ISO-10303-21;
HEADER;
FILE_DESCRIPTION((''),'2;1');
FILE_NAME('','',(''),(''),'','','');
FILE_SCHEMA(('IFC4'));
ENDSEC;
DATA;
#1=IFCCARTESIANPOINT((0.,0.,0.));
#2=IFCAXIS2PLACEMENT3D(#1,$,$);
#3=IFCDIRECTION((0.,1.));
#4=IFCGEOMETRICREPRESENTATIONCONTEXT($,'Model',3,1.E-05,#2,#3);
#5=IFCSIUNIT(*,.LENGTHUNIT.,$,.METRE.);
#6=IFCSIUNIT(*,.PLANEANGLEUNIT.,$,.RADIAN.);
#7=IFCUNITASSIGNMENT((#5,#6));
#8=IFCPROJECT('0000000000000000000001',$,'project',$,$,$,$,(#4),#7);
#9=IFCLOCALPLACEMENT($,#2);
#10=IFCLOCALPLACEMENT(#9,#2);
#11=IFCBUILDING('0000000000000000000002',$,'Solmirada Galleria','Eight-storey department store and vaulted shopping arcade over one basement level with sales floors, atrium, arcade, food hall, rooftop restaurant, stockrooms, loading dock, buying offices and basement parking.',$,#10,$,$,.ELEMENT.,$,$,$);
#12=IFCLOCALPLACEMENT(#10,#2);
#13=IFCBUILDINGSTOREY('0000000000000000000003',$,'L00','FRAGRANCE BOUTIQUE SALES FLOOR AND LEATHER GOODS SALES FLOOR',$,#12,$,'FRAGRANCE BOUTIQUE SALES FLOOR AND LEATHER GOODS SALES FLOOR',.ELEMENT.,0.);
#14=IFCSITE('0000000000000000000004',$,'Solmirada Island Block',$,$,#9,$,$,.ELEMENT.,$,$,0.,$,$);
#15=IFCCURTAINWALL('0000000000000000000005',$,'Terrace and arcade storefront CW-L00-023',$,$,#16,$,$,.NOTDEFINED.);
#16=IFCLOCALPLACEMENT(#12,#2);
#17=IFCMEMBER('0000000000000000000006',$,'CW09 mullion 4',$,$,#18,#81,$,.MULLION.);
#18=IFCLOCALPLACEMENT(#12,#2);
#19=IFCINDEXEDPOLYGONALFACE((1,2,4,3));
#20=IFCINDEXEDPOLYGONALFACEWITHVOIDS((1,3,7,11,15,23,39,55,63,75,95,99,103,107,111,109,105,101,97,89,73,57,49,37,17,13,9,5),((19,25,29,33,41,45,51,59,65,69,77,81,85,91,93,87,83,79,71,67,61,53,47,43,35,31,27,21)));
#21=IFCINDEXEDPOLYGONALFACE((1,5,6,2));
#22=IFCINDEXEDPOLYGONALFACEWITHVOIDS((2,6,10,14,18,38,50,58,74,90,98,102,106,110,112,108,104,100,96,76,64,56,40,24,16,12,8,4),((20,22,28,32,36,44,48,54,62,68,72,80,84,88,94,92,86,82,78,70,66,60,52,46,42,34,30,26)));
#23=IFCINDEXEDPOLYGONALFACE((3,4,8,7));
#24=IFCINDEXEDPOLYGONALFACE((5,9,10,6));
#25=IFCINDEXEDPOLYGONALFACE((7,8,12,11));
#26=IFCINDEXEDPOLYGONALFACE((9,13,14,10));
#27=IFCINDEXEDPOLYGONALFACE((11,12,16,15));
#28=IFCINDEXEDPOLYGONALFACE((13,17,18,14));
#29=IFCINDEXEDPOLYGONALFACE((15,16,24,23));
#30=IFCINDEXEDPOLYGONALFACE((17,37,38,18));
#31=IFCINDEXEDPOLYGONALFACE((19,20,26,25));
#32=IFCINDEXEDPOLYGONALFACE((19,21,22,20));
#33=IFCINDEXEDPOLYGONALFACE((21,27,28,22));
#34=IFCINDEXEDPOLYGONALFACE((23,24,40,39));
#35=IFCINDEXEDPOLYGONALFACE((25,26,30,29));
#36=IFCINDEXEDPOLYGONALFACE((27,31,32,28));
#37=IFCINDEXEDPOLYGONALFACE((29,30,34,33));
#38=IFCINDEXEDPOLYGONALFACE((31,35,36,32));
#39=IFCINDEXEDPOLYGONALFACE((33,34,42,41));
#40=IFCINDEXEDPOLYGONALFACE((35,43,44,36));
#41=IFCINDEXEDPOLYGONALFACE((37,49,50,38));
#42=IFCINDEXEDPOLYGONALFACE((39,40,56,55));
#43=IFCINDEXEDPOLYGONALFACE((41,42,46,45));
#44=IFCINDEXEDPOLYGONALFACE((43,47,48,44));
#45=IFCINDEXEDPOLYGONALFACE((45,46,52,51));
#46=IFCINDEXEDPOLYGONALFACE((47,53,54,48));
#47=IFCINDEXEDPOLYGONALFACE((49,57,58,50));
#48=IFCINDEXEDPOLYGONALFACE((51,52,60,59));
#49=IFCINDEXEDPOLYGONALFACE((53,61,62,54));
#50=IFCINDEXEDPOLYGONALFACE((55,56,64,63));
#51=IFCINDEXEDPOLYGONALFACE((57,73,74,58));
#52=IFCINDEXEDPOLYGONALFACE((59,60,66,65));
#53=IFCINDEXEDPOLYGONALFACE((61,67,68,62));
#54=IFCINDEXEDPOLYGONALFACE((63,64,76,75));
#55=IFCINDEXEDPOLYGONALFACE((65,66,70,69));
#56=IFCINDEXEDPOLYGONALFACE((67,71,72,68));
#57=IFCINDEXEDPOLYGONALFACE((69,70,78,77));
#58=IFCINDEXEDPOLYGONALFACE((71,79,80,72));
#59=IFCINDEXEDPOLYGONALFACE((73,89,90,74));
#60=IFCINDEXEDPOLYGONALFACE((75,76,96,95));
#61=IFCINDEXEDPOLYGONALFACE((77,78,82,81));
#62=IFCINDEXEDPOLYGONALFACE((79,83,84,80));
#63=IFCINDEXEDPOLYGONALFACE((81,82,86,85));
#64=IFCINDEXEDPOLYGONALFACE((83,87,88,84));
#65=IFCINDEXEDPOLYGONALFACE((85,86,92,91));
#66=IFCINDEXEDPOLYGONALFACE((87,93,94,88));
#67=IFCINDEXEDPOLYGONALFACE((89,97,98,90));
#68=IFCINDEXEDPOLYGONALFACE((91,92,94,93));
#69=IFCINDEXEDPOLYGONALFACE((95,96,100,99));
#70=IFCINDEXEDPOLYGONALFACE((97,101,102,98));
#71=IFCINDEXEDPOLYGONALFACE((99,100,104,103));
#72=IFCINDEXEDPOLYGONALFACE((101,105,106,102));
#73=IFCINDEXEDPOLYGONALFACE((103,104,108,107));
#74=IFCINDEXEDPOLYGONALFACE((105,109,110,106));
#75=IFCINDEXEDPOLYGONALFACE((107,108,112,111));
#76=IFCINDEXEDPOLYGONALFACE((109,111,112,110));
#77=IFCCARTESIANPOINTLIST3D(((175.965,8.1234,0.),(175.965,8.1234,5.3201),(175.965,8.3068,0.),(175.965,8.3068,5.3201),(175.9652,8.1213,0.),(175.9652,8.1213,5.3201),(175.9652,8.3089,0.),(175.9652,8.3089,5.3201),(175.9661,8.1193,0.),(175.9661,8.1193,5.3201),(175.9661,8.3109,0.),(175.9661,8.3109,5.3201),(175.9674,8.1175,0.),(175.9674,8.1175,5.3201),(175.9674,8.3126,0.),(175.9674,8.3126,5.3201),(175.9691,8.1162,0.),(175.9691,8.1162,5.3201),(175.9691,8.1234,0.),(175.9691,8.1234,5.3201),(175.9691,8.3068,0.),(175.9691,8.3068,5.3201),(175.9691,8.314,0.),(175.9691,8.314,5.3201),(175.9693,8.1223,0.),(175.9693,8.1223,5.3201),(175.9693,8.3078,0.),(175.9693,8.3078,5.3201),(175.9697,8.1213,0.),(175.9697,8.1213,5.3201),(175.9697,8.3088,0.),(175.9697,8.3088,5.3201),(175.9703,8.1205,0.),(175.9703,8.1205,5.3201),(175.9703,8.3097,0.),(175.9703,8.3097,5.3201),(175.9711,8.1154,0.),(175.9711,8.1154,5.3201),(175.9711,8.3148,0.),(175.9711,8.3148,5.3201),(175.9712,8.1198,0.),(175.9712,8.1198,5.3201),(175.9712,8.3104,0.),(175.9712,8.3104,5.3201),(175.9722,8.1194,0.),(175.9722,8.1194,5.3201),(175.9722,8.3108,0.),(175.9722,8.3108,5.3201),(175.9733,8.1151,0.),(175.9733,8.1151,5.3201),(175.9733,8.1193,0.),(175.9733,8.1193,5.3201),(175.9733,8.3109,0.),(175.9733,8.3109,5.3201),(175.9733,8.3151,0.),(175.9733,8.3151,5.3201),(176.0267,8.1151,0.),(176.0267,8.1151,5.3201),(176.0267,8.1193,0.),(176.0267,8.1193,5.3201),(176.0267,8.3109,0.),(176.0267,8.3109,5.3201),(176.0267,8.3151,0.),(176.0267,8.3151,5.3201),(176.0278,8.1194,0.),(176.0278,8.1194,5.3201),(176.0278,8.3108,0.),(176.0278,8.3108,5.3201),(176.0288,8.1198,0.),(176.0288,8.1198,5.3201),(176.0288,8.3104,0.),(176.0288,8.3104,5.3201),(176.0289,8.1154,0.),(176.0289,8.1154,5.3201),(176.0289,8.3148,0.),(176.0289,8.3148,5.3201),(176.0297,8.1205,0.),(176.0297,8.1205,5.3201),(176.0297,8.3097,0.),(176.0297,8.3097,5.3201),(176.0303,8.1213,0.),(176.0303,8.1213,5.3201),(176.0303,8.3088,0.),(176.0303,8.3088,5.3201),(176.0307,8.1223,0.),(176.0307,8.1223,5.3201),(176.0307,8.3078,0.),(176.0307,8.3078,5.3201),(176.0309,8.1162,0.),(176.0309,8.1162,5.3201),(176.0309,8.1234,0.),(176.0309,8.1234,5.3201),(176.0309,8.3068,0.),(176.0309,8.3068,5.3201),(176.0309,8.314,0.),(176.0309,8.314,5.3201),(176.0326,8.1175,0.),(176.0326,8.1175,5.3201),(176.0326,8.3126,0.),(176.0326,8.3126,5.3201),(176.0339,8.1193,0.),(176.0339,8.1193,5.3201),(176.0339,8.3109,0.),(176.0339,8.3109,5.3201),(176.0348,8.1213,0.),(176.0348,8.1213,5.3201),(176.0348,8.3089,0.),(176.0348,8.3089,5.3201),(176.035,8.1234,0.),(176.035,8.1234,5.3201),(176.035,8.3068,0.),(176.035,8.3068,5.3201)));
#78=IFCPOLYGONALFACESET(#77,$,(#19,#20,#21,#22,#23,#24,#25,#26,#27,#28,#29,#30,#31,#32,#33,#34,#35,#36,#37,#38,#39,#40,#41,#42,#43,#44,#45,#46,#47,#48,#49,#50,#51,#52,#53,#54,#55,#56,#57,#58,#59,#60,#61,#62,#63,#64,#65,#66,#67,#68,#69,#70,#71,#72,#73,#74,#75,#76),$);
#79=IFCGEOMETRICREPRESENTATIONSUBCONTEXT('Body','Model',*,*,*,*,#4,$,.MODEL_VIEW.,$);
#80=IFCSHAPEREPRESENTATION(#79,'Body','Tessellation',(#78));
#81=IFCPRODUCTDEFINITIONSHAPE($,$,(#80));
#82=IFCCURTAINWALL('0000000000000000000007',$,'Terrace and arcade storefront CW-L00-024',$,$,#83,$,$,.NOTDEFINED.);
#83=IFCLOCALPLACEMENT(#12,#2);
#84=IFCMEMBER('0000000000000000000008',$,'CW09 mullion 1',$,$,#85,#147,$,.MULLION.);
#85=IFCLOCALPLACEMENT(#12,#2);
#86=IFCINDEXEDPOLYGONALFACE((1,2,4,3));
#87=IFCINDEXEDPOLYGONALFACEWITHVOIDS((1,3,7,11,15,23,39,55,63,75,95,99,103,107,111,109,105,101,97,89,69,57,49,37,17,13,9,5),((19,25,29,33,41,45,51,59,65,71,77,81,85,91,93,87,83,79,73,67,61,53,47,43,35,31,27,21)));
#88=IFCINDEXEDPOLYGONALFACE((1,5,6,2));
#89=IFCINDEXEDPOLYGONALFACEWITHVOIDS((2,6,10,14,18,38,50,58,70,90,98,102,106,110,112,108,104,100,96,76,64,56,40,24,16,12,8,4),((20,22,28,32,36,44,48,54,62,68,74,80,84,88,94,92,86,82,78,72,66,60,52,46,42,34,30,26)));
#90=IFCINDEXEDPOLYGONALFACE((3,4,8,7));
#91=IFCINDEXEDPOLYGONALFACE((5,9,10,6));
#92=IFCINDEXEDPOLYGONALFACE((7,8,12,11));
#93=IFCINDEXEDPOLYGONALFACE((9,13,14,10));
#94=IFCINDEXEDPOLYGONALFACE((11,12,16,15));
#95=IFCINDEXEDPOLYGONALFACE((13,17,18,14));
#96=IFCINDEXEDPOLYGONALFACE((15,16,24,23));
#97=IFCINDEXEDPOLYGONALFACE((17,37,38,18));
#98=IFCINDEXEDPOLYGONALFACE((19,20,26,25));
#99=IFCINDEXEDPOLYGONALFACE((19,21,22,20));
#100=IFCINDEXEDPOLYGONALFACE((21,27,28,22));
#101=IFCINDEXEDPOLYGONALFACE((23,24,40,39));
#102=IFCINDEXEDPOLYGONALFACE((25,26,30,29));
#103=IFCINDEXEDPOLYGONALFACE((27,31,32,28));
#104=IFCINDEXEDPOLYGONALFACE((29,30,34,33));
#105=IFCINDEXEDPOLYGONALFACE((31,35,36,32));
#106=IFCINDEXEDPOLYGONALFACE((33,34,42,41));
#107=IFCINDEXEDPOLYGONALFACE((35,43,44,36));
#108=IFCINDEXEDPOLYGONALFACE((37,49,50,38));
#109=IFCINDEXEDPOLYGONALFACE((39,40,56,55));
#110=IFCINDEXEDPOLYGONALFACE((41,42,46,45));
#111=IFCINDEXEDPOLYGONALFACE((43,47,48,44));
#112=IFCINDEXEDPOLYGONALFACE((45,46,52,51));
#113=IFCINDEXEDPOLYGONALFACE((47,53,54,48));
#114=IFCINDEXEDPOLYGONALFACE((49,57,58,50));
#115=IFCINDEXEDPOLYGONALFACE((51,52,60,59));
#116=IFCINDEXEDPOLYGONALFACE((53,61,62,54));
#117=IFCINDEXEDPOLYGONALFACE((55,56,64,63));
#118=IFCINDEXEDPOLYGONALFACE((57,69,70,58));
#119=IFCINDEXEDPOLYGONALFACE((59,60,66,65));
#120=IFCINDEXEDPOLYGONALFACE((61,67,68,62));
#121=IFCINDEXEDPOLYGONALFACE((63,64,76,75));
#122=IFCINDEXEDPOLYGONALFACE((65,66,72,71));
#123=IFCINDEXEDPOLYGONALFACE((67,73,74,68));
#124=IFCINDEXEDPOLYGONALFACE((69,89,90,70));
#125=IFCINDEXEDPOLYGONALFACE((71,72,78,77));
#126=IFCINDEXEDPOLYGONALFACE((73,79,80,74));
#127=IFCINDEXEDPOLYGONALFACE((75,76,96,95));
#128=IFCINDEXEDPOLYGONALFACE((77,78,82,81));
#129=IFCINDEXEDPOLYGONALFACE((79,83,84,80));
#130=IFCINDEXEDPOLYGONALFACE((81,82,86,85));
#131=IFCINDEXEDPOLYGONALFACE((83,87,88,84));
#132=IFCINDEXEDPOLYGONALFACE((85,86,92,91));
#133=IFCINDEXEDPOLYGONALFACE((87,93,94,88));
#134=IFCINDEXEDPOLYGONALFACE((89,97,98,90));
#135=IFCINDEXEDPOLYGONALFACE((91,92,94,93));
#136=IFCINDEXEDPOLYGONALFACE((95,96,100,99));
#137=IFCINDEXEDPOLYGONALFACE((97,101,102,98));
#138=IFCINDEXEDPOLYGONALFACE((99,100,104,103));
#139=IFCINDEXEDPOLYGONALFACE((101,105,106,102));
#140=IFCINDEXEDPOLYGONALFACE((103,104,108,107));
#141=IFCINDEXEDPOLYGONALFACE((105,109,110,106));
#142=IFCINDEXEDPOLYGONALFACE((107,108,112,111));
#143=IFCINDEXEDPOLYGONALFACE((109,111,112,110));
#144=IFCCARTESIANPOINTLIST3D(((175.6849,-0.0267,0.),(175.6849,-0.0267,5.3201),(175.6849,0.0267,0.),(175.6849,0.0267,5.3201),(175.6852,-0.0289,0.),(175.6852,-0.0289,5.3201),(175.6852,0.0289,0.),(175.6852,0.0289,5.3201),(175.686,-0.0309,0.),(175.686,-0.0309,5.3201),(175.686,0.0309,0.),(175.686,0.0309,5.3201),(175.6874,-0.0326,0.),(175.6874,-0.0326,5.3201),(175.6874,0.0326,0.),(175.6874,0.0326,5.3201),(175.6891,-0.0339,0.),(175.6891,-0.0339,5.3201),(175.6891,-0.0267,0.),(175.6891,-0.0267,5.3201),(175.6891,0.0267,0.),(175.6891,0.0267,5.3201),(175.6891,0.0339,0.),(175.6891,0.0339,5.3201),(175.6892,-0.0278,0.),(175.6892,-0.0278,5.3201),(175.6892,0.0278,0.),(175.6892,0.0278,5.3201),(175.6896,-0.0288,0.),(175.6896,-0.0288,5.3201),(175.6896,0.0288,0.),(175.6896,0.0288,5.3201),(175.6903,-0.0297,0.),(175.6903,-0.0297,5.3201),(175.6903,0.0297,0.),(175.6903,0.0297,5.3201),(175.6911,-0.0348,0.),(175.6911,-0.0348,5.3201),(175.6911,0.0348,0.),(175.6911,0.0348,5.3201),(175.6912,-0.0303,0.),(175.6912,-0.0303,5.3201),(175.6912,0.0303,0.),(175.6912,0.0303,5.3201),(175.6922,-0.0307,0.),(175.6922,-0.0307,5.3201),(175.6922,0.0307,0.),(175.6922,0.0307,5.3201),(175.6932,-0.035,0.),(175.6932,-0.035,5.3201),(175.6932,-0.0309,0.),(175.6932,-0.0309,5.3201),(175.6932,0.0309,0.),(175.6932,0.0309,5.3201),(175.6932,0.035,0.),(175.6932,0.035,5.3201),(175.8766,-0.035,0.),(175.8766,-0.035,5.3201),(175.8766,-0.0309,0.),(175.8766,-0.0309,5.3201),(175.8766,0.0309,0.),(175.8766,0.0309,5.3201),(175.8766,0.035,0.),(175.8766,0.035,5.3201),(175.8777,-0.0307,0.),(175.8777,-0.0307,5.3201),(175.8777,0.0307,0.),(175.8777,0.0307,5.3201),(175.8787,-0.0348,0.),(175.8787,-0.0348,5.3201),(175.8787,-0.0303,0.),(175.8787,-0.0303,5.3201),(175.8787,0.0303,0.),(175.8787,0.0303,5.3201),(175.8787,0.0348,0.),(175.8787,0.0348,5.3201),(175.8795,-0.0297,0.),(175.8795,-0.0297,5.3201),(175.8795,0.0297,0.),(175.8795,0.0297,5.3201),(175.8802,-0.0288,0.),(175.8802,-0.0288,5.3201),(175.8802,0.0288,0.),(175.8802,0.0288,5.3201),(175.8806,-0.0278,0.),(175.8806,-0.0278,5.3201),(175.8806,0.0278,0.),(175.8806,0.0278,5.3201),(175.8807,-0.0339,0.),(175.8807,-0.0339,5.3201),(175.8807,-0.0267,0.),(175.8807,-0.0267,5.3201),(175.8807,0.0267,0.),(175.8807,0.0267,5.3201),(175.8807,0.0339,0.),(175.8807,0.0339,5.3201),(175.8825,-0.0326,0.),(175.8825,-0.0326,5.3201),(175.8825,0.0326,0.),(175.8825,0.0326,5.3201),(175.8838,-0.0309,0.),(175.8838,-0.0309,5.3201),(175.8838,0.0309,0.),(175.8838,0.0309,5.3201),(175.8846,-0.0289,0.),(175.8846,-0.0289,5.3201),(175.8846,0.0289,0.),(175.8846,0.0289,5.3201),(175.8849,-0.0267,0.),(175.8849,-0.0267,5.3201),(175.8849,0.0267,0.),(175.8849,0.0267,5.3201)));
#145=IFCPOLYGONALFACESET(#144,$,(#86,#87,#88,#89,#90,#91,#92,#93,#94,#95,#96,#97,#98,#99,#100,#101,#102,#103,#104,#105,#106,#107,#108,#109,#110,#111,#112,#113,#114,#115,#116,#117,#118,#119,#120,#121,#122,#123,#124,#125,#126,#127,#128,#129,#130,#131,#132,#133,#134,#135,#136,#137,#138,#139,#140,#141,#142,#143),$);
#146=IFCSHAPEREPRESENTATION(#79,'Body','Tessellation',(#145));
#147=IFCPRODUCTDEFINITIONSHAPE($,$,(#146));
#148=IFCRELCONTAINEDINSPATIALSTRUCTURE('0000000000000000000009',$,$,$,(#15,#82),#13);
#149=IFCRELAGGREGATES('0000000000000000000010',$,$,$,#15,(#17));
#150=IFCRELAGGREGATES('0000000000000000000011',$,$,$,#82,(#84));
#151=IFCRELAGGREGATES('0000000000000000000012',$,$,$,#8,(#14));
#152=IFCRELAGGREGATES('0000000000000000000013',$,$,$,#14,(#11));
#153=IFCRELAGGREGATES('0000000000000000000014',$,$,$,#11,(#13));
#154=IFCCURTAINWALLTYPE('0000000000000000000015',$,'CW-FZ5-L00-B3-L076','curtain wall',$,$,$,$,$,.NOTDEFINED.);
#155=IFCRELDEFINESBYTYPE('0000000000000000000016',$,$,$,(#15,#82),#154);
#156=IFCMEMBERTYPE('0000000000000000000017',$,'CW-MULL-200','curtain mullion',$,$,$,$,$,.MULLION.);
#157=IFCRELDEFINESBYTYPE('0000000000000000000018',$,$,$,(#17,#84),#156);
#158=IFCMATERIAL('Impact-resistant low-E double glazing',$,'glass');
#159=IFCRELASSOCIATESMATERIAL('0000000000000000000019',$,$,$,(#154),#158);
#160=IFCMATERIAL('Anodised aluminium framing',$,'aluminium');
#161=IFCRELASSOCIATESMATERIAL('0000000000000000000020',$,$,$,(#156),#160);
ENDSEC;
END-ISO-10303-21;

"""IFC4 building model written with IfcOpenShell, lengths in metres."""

from ifc_helpers import new_model, si_unit, direction, frame, origin, origin_2d, place, context, subcontext, project, spatial, hollow_rectangle, extrude, material, material_profile, profile_set, type_object, element, aggregate, save


model = new_model("IFC4")

# Units and contexts
model_context = context("Model", 3, precision=1e-05, world=origin(), true_north=direction((0.0, 1.0)))
body_context = subcontext(model_context, "Body", "Model", "MODEL_VIEW")
ifc_project = project(units=[si_unit("LENGTHUNIT", "METRE"), si_unit("PLANEANGLEUNIT", "RADIAN")], contexts=[model_context])

# Site, building, storey
site_placement = place(None, origin())
site = spatial("IfcSite", under=ifc_project, at=site_placement, Name="Solmirada Island Block", CompositionType="ELEMENT", RefElevation=0.0)
building_placement = place(site_placement, origin())
building = spatial("IfcBuilding", under=site, at=building_placement, Name="Solmirada Galleria", Description="Eight-storey department store and vaulted shopping arcade over one basement level with sales floors, atrium, arcade, food hall, rooftop restaurant, stockrooms, loading dock, buying offices and basement parking.", CompositionType="ELEMENT")
storey_placement = place(building_placement, origin())
storey = spatial("IfcBuildingStorey", under=building, at=storey_placement, Name="L00", Description="FRAGRANCE BOUTIQUE SALES FLOOR AND LEATHER GOODS SALES FLOOR", LongName="FRAGRANCE BOUTIQUE SALES FLOOR AND LEATHER GOODS SALES FLOOR", CompositionType="ELEMENT", Elevation=0.0)

# Curtain walls, members
ifc_material_1 = material(Name="Impact-resistant low-E double glazing", Category="glass")
curtain_wall_type = type_object("IfcCurtainWallType", Name="CW-FZ5-L00-B3-L076", Description="curtain wall", PredefinedType="NOTDEFINED", material=ifc_material_1)
curtain_wall_1_placement = place(storey_placement, origin())
curtain_wall_1 = element("IfcCurtainWall", 1, at=curtain_wall_1_placement, inside=storey, type_object=curtain_wall_type, Name="Terrace and arcade storefront CW-L00-023", PredefinedType="NOTDEFINED")
ifc_material_2 = material(Name="Anodised aluminium framing", Category="aluminium")
ifc_material_profile_1 = material_profile(ifc_material_2, hollow_rectangle(XDim=0.0701, YDim=0.2, WallThickness=0.0042, InnerFilletRadius=0.0042, OuterFilletRadius=0.0083, at=origin_2d()), Name="ALU-MULL-200X70")
ifc_profile_set_1 = profile_set([ifc_material_profile_1], Name="Anodised aluminium framing")
member_type_1 = type_object("IfcMemberType", Name="CW-MULL-200", Description="curtain mullion", PredefinedType="MULLION", material=ifc_profile_set_1)
member_1_placement = place(storey_placement, frame((176.0, 8.2151, 0.0), z_axis=(0.0, 0.0, 1.0), x_axis=(1.0, 0.0, 0.0)))
member_1 = element("IfcMember", 2, at=member_1_placement, type_object=member_type_1, Name="CW09 mullion 4", PredefinedType="MULLION", context=body_context, shape_type="SweptSolid", body=[
    extrude(hollow_rectangle(XDim=0.0701, YDim=0.2, WallThickness=0.0042, InnerFilletRadius=0.0042, OuterFilletRadius=0.0083, at=origin_2d()), origin(), (0.0, 0.0, 1.0), 5.3201),
])
curtain_wall_2_placement = place(storey_placement, origin())
curtain_wall_2 = element("IfcCurtainWall", 3, at=curtain_wall_2_placement, inside=storey, type_object=curtain_wall_type, Name="Terrace and arcade storefront CW-L00-024", PredefinedType="NOTDEFINED")
member_2_placement = place(storey_placement, frame((175.7849, 0.0, 0.0), z_axis=(0.0, 0.0, 1.0), x_axis=(0.0, -1.0, 0.0)))
member_2 = element("IfcMember", 4, at=member_2_placement, type_object=member_type_1, Name="CW09 mullion 1", PredefinedType="MULLION", context=body_context, shape_type="SweptSolid", body=[
    extrude(hollow_rectangle(XDim=0.0701, YDim=0.2, WallThickness=0.0042, InnerFilletRadius=0.0042, OuterFilletRadius=0.0083, at=origin_2d()), origin(), (0.0, 0.0, 1.0), 5.3201),
])

aggregate(curtain_wall_1, [member_1])
aggregate(curtain_wall_2, [member_2])

save(model, "model.ifc")
